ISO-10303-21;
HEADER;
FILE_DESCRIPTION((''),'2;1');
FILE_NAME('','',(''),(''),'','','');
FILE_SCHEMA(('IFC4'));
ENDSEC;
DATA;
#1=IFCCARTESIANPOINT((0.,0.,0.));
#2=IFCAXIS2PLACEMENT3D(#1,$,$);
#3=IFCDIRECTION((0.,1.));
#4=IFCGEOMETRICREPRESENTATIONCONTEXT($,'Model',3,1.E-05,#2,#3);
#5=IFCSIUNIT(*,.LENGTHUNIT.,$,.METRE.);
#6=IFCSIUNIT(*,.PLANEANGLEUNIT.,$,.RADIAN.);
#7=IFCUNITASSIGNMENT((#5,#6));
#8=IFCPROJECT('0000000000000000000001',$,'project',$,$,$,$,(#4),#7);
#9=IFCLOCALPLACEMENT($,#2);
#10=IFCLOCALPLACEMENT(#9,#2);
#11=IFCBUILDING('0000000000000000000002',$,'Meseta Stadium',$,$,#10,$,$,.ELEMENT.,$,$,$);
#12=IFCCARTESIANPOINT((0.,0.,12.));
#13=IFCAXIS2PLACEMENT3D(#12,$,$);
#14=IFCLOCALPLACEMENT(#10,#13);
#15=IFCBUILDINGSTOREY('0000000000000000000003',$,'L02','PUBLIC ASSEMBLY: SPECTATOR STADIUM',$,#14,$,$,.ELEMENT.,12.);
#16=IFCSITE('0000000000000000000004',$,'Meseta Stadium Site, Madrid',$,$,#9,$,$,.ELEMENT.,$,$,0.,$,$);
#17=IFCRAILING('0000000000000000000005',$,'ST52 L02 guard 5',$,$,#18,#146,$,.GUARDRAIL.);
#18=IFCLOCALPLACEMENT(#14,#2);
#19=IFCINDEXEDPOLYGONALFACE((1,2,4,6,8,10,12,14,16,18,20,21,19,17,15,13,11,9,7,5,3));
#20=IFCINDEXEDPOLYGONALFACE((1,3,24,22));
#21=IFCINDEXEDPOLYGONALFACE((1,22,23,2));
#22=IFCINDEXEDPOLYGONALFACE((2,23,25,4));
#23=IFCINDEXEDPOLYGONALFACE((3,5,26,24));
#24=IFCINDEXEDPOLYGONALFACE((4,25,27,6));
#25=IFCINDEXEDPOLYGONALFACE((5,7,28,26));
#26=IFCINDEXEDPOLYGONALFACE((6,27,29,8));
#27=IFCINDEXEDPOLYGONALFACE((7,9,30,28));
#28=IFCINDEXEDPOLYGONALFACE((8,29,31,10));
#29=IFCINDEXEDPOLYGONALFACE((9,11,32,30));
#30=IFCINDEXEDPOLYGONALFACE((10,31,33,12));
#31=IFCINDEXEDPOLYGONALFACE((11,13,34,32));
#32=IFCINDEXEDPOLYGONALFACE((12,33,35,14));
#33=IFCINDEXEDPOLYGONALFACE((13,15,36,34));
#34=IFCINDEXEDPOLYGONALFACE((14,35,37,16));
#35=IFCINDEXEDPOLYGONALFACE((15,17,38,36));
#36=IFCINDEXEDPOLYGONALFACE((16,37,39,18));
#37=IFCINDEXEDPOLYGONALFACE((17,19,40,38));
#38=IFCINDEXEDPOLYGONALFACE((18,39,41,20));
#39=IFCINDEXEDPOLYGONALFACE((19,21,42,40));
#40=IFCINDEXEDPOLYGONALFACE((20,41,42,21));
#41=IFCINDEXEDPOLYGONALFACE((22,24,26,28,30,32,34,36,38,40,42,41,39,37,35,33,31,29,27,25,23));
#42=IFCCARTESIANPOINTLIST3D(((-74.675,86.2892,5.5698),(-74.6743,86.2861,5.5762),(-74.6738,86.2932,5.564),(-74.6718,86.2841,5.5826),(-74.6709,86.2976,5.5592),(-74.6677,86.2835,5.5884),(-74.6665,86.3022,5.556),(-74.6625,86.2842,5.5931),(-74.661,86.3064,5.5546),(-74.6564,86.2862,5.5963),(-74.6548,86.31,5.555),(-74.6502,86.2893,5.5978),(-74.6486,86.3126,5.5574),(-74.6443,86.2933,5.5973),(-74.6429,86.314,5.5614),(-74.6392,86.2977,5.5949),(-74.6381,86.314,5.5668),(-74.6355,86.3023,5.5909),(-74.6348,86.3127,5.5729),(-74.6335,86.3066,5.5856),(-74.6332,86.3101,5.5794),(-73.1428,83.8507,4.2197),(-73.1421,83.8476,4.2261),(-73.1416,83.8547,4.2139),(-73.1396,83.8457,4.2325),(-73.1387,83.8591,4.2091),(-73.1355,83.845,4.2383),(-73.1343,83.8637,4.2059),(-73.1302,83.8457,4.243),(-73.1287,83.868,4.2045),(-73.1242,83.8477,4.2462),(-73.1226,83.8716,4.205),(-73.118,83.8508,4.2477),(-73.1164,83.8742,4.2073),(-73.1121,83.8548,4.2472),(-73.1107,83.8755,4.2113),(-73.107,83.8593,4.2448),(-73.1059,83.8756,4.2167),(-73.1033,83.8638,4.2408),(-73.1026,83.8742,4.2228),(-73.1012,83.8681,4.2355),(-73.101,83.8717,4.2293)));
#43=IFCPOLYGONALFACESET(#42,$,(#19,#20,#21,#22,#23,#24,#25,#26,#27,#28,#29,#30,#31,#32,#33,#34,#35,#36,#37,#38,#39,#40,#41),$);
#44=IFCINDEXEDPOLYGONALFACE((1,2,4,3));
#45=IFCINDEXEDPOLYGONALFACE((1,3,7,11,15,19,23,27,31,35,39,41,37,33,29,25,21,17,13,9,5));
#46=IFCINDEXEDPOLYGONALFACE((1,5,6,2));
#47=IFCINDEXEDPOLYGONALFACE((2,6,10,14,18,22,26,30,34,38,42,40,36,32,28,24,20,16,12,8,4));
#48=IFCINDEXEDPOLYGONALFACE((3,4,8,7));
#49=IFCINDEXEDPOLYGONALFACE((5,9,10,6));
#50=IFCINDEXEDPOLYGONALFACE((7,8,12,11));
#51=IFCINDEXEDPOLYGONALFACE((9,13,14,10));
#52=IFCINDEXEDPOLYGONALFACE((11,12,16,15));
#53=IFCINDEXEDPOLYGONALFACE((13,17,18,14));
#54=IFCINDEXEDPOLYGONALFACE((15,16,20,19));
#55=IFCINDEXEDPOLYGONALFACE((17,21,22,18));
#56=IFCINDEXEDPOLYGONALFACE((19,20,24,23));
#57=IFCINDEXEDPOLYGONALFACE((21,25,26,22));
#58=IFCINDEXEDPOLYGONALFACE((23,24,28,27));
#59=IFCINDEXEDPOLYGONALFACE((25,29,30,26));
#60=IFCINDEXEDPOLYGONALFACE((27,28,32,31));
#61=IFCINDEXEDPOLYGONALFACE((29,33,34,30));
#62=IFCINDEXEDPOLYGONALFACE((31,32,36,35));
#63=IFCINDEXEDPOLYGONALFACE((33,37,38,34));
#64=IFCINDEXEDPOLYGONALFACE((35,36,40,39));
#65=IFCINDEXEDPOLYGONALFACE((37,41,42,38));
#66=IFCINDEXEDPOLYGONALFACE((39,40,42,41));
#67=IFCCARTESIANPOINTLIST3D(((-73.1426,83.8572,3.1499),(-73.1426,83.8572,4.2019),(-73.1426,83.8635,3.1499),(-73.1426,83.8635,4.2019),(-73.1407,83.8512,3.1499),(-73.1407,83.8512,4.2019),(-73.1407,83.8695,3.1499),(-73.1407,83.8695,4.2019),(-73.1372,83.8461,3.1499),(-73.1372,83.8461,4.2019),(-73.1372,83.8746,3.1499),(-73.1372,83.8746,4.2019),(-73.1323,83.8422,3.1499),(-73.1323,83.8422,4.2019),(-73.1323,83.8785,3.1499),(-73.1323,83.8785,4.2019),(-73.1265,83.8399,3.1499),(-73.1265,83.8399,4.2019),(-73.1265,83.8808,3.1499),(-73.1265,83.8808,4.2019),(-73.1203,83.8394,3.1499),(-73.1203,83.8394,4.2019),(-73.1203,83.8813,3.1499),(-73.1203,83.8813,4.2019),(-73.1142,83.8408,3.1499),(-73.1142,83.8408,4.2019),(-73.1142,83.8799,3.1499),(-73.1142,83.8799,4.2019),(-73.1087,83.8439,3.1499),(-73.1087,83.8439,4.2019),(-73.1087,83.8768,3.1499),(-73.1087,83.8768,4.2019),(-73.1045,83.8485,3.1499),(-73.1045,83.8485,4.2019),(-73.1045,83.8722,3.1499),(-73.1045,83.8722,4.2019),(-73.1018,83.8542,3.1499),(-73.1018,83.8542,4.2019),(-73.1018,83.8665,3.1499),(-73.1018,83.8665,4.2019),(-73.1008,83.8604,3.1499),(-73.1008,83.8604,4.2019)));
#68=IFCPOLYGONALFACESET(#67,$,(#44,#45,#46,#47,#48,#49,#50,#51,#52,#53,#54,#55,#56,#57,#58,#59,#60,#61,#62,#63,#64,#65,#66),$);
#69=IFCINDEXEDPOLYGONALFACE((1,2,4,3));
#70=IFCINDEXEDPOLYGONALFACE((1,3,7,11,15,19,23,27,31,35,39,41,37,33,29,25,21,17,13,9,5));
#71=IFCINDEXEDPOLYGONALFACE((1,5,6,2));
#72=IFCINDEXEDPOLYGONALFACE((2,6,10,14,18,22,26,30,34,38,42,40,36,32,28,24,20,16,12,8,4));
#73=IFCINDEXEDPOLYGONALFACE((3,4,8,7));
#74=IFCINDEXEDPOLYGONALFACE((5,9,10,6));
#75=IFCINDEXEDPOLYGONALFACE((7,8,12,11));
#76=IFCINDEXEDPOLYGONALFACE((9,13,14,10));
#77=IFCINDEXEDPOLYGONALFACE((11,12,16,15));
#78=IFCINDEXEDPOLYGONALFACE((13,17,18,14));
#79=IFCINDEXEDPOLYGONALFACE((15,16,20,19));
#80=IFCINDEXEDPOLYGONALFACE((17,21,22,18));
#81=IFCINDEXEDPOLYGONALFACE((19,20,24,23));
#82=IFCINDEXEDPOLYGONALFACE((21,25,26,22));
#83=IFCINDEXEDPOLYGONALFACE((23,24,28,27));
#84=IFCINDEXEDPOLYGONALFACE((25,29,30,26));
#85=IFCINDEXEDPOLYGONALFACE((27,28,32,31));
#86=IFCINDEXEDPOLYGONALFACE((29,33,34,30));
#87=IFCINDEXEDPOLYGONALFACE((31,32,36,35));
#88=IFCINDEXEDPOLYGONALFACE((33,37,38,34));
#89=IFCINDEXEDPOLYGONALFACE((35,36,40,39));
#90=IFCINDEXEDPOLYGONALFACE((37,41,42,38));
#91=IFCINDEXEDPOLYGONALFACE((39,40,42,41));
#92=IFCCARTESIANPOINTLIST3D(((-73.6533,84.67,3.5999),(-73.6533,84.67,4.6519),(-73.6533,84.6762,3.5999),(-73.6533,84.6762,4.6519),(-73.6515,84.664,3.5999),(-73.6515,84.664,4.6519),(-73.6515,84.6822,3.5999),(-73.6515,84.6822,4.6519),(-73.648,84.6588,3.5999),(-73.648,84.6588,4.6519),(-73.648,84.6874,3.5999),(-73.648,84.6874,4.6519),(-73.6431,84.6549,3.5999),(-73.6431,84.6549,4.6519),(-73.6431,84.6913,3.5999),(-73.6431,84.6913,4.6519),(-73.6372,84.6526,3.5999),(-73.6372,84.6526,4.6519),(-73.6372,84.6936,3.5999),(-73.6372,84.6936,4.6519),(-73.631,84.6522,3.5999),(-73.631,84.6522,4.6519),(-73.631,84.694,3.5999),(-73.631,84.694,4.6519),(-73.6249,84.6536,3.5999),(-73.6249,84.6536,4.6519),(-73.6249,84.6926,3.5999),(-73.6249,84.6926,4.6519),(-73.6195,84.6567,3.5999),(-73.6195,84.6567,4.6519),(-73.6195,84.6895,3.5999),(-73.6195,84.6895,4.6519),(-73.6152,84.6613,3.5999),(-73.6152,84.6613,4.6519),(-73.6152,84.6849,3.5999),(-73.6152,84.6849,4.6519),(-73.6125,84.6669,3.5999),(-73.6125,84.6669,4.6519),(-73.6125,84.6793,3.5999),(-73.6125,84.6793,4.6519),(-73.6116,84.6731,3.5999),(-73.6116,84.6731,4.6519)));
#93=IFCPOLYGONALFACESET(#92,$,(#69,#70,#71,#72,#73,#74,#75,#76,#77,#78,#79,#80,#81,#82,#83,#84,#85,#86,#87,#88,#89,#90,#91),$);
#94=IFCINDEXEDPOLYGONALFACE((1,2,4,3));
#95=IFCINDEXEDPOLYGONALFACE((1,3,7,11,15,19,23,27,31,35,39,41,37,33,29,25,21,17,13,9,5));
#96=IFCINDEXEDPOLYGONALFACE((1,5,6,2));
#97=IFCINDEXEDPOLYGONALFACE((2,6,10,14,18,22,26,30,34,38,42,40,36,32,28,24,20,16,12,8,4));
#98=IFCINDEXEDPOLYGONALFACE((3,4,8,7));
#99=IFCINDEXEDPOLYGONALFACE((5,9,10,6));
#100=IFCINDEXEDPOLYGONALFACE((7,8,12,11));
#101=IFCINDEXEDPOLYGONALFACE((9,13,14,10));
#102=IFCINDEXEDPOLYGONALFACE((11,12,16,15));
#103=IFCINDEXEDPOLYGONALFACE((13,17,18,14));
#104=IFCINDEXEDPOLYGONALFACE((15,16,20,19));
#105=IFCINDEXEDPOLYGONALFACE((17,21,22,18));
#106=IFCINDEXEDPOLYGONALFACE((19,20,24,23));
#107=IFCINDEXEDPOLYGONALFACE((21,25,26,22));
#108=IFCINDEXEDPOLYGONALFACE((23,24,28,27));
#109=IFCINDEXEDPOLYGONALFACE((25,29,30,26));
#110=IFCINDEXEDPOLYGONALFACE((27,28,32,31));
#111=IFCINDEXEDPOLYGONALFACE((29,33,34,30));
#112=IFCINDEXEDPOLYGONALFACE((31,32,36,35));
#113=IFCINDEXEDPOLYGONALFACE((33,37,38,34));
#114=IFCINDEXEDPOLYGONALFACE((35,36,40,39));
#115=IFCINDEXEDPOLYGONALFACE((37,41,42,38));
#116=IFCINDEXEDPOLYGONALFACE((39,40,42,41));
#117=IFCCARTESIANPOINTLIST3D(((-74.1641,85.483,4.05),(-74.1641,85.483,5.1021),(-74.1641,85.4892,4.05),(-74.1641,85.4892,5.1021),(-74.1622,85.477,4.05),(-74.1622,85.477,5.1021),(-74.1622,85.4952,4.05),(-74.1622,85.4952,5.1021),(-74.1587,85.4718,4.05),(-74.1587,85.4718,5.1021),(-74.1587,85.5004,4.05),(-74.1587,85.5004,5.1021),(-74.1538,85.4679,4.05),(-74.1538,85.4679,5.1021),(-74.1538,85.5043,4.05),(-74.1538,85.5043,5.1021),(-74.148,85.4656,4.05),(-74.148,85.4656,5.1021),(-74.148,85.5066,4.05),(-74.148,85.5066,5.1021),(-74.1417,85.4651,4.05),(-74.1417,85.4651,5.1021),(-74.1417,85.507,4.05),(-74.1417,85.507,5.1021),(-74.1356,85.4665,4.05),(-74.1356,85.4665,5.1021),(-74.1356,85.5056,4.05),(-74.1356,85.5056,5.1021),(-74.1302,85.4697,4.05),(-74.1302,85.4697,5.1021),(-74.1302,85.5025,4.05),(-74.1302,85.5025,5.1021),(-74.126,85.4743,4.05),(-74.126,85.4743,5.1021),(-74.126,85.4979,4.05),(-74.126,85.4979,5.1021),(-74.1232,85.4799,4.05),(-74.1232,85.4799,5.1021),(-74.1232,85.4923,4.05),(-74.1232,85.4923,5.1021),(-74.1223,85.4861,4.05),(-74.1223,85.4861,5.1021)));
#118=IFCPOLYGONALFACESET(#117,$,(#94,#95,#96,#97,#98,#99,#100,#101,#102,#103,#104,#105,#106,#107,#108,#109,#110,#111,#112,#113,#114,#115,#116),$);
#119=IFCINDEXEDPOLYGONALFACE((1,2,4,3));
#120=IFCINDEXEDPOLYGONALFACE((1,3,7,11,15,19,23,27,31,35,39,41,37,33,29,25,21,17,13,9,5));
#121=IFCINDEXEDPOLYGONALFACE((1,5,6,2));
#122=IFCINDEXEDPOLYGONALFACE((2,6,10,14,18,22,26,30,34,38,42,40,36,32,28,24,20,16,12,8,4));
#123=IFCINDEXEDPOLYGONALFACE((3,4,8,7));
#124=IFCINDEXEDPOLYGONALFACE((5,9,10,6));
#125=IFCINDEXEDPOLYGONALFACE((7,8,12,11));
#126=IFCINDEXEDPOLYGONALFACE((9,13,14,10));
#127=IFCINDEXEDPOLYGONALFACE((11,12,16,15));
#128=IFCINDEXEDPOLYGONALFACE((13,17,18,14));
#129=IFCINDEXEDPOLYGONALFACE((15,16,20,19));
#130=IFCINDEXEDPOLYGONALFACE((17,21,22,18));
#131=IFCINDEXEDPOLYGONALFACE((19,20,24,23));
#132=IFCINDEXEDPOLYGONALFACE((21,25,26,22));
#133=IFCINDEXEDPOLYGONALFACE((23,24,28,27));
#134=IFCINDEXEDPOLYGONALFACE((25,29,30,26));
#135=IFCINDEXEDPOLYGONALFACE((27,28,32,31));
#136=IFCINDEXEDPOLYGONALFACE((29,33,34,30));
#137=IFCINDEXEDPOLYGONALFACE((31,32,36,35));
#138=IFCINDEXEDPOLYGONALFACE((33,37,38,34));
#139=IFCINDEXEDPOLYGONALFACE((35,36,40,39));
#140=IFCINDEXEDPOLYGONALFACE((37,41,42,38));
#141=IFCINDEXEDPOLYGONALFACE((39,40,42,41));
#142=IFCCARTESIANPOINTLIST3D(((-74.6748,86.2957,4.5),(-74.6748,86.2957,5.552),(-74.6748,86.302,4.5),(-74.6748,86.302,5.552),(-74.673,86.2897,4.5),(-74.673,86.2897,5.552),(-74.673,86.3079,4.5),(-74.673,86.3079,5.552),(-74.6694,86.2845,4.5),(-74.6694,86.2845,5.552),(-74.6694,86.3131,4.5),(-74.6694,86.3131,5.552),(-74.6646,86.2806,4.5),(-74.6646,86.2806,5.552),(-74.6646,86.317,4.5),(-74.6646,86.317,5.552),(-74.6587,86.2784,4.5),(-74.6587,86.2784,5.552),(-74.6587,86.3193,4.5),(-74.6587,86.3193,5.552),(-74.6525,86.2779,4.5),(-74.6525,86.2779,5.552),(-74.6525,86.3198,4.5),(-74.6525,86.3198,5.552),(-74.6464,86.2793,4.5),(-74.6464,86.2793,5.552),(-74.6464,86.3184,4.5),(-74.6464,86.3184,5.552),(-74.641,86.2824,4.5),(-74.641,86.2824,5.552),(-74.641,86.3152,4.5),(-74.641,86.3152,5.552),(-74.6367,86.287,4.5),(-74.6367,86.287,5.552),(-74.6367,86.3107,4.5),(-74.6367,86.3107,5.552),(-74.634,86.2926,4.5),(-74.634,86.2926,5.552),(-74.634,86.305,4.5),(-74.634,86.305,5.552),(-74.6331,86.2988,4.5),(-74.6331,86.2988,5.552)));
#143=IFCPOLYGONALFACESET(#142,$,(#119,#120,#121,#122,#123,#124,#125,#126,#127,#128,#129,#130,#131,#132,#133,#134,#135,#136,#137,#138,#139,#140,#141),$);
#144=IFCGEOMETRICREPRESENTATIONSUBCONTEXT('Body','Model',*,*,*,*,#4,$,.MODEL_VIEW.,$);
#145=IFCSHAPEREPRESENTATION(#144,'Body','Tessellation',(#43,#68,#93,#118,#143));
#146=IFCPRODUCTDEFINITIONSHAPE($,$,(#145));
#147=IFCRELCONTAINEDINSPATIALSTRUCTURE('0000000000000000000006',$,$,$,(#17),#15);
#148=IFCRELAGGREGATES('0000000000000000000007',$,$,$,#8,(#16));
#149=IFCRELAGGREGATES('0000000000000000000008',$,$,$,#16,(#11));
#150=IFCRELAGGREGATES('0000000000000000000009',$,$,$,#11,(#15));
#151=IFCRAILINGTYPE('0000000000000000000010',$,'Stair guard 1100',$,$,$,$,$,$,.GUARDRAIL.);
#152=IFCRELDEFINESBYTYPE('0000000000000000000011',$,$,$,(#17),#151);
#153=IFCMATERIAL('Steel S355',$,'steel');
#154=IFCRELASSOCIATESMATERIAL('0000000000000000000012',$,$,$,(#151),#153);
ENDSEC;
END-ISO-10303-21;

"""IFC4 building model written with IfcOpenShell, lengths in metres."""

from ifc_helpers import new_model, si_unit, direction, frame, origin, origin_2d, place, context, subcontext, project, spatial, circle, extrude, material, type_object, element, save


model = new_model("IFC4")

# Units and contexts
model_context = context("Model", 3, precision=1e-05, world=origin(), true_north=direction((0.0, 1.0)))
body_context = subcontext(model_context, "Body", "Model", "MODEL_VIEW")
ifc_project = project(units=[si_unit("LENGTHUNIT", "METRE"), si_unit("PLANEANGLEUNIT", "RADIAN")], contexts=[model_context])

# Site, building, storey
site_placement = place(None, origin())
site = spatial("IfcSite", under=ifc_project, at=site_placement, Name="Meseta Stadium Site, Madrid", CompositionType="ELEMENT", RefElevation=0.0)
building_placement = place(site_placement, origin())
building = spatial("IfcBuilding", under=site, at=building_placement, Name="Meseta Stadium", CompositionType="ELEMENT")
storey_placement = place(building_placement, frame((0.0, 0.0, 12.0)))
storey = spatial("IfcBuildingStorey", under=building, at=storey_placement, Name="L02", Description="PUBLIC ASSEMBLY: SPECTATOR STADIUM", CompositionType="ELEMENT", Elevation=12.0)

# Railing
ifc_material_1 = material(Name="Steel S355", Category="steel")
railing_type_1 = type_object("IfcRailingType", Name="Stair guard 1100", PredefinedType="GUARDRAIL", material=ifc_material_1)
railing_1_placement = place(storey_placement, frame((-73.1218, 83.8604, 3.1499)))
element("IfcRailing", 1, at=railing_1_placement, inside=storey, type_object=railing_type_1, Name="ST52 L02 guard 5", PredefinedType="GUARDRAIL", context=body_context, shape_type="SweptSolid", body=[
    extrude(circle(Radius=0.0239, at=origin_2d()), frame((0.0, 0.0, 1.0762), z_axis=(-0.481731, 0.766655, 0.42447), x_axis=(-0.846719, -0.53204, 0.0)), (0.0, 0.0, 1.0), 3.1807),
    extrude(circle(Radius=0.021, at=origin_2d()), origin(), (0.0, 0.0, 1.0), 1.052),
    extrude(circle(Radius=0.021, at=origin_2d()), frame((-0.5107, 0.8127, 0.45)), (0.0, 0.0, 1.0), 1.052),
    extrude(circle(Radius=0.021, at=origin_2d()), frame((-1.0215, 1.6257, 0.9001)), (0.0, 0.0, 1.0), 1.052),
    extrude(circle(Radius=0.021, at=origin_2d()), frame((-1.5322, 2.4385, 1.3501)), (0.0, 0.0, 1.0), 1.052),
])

save(model, "model.ifc")
